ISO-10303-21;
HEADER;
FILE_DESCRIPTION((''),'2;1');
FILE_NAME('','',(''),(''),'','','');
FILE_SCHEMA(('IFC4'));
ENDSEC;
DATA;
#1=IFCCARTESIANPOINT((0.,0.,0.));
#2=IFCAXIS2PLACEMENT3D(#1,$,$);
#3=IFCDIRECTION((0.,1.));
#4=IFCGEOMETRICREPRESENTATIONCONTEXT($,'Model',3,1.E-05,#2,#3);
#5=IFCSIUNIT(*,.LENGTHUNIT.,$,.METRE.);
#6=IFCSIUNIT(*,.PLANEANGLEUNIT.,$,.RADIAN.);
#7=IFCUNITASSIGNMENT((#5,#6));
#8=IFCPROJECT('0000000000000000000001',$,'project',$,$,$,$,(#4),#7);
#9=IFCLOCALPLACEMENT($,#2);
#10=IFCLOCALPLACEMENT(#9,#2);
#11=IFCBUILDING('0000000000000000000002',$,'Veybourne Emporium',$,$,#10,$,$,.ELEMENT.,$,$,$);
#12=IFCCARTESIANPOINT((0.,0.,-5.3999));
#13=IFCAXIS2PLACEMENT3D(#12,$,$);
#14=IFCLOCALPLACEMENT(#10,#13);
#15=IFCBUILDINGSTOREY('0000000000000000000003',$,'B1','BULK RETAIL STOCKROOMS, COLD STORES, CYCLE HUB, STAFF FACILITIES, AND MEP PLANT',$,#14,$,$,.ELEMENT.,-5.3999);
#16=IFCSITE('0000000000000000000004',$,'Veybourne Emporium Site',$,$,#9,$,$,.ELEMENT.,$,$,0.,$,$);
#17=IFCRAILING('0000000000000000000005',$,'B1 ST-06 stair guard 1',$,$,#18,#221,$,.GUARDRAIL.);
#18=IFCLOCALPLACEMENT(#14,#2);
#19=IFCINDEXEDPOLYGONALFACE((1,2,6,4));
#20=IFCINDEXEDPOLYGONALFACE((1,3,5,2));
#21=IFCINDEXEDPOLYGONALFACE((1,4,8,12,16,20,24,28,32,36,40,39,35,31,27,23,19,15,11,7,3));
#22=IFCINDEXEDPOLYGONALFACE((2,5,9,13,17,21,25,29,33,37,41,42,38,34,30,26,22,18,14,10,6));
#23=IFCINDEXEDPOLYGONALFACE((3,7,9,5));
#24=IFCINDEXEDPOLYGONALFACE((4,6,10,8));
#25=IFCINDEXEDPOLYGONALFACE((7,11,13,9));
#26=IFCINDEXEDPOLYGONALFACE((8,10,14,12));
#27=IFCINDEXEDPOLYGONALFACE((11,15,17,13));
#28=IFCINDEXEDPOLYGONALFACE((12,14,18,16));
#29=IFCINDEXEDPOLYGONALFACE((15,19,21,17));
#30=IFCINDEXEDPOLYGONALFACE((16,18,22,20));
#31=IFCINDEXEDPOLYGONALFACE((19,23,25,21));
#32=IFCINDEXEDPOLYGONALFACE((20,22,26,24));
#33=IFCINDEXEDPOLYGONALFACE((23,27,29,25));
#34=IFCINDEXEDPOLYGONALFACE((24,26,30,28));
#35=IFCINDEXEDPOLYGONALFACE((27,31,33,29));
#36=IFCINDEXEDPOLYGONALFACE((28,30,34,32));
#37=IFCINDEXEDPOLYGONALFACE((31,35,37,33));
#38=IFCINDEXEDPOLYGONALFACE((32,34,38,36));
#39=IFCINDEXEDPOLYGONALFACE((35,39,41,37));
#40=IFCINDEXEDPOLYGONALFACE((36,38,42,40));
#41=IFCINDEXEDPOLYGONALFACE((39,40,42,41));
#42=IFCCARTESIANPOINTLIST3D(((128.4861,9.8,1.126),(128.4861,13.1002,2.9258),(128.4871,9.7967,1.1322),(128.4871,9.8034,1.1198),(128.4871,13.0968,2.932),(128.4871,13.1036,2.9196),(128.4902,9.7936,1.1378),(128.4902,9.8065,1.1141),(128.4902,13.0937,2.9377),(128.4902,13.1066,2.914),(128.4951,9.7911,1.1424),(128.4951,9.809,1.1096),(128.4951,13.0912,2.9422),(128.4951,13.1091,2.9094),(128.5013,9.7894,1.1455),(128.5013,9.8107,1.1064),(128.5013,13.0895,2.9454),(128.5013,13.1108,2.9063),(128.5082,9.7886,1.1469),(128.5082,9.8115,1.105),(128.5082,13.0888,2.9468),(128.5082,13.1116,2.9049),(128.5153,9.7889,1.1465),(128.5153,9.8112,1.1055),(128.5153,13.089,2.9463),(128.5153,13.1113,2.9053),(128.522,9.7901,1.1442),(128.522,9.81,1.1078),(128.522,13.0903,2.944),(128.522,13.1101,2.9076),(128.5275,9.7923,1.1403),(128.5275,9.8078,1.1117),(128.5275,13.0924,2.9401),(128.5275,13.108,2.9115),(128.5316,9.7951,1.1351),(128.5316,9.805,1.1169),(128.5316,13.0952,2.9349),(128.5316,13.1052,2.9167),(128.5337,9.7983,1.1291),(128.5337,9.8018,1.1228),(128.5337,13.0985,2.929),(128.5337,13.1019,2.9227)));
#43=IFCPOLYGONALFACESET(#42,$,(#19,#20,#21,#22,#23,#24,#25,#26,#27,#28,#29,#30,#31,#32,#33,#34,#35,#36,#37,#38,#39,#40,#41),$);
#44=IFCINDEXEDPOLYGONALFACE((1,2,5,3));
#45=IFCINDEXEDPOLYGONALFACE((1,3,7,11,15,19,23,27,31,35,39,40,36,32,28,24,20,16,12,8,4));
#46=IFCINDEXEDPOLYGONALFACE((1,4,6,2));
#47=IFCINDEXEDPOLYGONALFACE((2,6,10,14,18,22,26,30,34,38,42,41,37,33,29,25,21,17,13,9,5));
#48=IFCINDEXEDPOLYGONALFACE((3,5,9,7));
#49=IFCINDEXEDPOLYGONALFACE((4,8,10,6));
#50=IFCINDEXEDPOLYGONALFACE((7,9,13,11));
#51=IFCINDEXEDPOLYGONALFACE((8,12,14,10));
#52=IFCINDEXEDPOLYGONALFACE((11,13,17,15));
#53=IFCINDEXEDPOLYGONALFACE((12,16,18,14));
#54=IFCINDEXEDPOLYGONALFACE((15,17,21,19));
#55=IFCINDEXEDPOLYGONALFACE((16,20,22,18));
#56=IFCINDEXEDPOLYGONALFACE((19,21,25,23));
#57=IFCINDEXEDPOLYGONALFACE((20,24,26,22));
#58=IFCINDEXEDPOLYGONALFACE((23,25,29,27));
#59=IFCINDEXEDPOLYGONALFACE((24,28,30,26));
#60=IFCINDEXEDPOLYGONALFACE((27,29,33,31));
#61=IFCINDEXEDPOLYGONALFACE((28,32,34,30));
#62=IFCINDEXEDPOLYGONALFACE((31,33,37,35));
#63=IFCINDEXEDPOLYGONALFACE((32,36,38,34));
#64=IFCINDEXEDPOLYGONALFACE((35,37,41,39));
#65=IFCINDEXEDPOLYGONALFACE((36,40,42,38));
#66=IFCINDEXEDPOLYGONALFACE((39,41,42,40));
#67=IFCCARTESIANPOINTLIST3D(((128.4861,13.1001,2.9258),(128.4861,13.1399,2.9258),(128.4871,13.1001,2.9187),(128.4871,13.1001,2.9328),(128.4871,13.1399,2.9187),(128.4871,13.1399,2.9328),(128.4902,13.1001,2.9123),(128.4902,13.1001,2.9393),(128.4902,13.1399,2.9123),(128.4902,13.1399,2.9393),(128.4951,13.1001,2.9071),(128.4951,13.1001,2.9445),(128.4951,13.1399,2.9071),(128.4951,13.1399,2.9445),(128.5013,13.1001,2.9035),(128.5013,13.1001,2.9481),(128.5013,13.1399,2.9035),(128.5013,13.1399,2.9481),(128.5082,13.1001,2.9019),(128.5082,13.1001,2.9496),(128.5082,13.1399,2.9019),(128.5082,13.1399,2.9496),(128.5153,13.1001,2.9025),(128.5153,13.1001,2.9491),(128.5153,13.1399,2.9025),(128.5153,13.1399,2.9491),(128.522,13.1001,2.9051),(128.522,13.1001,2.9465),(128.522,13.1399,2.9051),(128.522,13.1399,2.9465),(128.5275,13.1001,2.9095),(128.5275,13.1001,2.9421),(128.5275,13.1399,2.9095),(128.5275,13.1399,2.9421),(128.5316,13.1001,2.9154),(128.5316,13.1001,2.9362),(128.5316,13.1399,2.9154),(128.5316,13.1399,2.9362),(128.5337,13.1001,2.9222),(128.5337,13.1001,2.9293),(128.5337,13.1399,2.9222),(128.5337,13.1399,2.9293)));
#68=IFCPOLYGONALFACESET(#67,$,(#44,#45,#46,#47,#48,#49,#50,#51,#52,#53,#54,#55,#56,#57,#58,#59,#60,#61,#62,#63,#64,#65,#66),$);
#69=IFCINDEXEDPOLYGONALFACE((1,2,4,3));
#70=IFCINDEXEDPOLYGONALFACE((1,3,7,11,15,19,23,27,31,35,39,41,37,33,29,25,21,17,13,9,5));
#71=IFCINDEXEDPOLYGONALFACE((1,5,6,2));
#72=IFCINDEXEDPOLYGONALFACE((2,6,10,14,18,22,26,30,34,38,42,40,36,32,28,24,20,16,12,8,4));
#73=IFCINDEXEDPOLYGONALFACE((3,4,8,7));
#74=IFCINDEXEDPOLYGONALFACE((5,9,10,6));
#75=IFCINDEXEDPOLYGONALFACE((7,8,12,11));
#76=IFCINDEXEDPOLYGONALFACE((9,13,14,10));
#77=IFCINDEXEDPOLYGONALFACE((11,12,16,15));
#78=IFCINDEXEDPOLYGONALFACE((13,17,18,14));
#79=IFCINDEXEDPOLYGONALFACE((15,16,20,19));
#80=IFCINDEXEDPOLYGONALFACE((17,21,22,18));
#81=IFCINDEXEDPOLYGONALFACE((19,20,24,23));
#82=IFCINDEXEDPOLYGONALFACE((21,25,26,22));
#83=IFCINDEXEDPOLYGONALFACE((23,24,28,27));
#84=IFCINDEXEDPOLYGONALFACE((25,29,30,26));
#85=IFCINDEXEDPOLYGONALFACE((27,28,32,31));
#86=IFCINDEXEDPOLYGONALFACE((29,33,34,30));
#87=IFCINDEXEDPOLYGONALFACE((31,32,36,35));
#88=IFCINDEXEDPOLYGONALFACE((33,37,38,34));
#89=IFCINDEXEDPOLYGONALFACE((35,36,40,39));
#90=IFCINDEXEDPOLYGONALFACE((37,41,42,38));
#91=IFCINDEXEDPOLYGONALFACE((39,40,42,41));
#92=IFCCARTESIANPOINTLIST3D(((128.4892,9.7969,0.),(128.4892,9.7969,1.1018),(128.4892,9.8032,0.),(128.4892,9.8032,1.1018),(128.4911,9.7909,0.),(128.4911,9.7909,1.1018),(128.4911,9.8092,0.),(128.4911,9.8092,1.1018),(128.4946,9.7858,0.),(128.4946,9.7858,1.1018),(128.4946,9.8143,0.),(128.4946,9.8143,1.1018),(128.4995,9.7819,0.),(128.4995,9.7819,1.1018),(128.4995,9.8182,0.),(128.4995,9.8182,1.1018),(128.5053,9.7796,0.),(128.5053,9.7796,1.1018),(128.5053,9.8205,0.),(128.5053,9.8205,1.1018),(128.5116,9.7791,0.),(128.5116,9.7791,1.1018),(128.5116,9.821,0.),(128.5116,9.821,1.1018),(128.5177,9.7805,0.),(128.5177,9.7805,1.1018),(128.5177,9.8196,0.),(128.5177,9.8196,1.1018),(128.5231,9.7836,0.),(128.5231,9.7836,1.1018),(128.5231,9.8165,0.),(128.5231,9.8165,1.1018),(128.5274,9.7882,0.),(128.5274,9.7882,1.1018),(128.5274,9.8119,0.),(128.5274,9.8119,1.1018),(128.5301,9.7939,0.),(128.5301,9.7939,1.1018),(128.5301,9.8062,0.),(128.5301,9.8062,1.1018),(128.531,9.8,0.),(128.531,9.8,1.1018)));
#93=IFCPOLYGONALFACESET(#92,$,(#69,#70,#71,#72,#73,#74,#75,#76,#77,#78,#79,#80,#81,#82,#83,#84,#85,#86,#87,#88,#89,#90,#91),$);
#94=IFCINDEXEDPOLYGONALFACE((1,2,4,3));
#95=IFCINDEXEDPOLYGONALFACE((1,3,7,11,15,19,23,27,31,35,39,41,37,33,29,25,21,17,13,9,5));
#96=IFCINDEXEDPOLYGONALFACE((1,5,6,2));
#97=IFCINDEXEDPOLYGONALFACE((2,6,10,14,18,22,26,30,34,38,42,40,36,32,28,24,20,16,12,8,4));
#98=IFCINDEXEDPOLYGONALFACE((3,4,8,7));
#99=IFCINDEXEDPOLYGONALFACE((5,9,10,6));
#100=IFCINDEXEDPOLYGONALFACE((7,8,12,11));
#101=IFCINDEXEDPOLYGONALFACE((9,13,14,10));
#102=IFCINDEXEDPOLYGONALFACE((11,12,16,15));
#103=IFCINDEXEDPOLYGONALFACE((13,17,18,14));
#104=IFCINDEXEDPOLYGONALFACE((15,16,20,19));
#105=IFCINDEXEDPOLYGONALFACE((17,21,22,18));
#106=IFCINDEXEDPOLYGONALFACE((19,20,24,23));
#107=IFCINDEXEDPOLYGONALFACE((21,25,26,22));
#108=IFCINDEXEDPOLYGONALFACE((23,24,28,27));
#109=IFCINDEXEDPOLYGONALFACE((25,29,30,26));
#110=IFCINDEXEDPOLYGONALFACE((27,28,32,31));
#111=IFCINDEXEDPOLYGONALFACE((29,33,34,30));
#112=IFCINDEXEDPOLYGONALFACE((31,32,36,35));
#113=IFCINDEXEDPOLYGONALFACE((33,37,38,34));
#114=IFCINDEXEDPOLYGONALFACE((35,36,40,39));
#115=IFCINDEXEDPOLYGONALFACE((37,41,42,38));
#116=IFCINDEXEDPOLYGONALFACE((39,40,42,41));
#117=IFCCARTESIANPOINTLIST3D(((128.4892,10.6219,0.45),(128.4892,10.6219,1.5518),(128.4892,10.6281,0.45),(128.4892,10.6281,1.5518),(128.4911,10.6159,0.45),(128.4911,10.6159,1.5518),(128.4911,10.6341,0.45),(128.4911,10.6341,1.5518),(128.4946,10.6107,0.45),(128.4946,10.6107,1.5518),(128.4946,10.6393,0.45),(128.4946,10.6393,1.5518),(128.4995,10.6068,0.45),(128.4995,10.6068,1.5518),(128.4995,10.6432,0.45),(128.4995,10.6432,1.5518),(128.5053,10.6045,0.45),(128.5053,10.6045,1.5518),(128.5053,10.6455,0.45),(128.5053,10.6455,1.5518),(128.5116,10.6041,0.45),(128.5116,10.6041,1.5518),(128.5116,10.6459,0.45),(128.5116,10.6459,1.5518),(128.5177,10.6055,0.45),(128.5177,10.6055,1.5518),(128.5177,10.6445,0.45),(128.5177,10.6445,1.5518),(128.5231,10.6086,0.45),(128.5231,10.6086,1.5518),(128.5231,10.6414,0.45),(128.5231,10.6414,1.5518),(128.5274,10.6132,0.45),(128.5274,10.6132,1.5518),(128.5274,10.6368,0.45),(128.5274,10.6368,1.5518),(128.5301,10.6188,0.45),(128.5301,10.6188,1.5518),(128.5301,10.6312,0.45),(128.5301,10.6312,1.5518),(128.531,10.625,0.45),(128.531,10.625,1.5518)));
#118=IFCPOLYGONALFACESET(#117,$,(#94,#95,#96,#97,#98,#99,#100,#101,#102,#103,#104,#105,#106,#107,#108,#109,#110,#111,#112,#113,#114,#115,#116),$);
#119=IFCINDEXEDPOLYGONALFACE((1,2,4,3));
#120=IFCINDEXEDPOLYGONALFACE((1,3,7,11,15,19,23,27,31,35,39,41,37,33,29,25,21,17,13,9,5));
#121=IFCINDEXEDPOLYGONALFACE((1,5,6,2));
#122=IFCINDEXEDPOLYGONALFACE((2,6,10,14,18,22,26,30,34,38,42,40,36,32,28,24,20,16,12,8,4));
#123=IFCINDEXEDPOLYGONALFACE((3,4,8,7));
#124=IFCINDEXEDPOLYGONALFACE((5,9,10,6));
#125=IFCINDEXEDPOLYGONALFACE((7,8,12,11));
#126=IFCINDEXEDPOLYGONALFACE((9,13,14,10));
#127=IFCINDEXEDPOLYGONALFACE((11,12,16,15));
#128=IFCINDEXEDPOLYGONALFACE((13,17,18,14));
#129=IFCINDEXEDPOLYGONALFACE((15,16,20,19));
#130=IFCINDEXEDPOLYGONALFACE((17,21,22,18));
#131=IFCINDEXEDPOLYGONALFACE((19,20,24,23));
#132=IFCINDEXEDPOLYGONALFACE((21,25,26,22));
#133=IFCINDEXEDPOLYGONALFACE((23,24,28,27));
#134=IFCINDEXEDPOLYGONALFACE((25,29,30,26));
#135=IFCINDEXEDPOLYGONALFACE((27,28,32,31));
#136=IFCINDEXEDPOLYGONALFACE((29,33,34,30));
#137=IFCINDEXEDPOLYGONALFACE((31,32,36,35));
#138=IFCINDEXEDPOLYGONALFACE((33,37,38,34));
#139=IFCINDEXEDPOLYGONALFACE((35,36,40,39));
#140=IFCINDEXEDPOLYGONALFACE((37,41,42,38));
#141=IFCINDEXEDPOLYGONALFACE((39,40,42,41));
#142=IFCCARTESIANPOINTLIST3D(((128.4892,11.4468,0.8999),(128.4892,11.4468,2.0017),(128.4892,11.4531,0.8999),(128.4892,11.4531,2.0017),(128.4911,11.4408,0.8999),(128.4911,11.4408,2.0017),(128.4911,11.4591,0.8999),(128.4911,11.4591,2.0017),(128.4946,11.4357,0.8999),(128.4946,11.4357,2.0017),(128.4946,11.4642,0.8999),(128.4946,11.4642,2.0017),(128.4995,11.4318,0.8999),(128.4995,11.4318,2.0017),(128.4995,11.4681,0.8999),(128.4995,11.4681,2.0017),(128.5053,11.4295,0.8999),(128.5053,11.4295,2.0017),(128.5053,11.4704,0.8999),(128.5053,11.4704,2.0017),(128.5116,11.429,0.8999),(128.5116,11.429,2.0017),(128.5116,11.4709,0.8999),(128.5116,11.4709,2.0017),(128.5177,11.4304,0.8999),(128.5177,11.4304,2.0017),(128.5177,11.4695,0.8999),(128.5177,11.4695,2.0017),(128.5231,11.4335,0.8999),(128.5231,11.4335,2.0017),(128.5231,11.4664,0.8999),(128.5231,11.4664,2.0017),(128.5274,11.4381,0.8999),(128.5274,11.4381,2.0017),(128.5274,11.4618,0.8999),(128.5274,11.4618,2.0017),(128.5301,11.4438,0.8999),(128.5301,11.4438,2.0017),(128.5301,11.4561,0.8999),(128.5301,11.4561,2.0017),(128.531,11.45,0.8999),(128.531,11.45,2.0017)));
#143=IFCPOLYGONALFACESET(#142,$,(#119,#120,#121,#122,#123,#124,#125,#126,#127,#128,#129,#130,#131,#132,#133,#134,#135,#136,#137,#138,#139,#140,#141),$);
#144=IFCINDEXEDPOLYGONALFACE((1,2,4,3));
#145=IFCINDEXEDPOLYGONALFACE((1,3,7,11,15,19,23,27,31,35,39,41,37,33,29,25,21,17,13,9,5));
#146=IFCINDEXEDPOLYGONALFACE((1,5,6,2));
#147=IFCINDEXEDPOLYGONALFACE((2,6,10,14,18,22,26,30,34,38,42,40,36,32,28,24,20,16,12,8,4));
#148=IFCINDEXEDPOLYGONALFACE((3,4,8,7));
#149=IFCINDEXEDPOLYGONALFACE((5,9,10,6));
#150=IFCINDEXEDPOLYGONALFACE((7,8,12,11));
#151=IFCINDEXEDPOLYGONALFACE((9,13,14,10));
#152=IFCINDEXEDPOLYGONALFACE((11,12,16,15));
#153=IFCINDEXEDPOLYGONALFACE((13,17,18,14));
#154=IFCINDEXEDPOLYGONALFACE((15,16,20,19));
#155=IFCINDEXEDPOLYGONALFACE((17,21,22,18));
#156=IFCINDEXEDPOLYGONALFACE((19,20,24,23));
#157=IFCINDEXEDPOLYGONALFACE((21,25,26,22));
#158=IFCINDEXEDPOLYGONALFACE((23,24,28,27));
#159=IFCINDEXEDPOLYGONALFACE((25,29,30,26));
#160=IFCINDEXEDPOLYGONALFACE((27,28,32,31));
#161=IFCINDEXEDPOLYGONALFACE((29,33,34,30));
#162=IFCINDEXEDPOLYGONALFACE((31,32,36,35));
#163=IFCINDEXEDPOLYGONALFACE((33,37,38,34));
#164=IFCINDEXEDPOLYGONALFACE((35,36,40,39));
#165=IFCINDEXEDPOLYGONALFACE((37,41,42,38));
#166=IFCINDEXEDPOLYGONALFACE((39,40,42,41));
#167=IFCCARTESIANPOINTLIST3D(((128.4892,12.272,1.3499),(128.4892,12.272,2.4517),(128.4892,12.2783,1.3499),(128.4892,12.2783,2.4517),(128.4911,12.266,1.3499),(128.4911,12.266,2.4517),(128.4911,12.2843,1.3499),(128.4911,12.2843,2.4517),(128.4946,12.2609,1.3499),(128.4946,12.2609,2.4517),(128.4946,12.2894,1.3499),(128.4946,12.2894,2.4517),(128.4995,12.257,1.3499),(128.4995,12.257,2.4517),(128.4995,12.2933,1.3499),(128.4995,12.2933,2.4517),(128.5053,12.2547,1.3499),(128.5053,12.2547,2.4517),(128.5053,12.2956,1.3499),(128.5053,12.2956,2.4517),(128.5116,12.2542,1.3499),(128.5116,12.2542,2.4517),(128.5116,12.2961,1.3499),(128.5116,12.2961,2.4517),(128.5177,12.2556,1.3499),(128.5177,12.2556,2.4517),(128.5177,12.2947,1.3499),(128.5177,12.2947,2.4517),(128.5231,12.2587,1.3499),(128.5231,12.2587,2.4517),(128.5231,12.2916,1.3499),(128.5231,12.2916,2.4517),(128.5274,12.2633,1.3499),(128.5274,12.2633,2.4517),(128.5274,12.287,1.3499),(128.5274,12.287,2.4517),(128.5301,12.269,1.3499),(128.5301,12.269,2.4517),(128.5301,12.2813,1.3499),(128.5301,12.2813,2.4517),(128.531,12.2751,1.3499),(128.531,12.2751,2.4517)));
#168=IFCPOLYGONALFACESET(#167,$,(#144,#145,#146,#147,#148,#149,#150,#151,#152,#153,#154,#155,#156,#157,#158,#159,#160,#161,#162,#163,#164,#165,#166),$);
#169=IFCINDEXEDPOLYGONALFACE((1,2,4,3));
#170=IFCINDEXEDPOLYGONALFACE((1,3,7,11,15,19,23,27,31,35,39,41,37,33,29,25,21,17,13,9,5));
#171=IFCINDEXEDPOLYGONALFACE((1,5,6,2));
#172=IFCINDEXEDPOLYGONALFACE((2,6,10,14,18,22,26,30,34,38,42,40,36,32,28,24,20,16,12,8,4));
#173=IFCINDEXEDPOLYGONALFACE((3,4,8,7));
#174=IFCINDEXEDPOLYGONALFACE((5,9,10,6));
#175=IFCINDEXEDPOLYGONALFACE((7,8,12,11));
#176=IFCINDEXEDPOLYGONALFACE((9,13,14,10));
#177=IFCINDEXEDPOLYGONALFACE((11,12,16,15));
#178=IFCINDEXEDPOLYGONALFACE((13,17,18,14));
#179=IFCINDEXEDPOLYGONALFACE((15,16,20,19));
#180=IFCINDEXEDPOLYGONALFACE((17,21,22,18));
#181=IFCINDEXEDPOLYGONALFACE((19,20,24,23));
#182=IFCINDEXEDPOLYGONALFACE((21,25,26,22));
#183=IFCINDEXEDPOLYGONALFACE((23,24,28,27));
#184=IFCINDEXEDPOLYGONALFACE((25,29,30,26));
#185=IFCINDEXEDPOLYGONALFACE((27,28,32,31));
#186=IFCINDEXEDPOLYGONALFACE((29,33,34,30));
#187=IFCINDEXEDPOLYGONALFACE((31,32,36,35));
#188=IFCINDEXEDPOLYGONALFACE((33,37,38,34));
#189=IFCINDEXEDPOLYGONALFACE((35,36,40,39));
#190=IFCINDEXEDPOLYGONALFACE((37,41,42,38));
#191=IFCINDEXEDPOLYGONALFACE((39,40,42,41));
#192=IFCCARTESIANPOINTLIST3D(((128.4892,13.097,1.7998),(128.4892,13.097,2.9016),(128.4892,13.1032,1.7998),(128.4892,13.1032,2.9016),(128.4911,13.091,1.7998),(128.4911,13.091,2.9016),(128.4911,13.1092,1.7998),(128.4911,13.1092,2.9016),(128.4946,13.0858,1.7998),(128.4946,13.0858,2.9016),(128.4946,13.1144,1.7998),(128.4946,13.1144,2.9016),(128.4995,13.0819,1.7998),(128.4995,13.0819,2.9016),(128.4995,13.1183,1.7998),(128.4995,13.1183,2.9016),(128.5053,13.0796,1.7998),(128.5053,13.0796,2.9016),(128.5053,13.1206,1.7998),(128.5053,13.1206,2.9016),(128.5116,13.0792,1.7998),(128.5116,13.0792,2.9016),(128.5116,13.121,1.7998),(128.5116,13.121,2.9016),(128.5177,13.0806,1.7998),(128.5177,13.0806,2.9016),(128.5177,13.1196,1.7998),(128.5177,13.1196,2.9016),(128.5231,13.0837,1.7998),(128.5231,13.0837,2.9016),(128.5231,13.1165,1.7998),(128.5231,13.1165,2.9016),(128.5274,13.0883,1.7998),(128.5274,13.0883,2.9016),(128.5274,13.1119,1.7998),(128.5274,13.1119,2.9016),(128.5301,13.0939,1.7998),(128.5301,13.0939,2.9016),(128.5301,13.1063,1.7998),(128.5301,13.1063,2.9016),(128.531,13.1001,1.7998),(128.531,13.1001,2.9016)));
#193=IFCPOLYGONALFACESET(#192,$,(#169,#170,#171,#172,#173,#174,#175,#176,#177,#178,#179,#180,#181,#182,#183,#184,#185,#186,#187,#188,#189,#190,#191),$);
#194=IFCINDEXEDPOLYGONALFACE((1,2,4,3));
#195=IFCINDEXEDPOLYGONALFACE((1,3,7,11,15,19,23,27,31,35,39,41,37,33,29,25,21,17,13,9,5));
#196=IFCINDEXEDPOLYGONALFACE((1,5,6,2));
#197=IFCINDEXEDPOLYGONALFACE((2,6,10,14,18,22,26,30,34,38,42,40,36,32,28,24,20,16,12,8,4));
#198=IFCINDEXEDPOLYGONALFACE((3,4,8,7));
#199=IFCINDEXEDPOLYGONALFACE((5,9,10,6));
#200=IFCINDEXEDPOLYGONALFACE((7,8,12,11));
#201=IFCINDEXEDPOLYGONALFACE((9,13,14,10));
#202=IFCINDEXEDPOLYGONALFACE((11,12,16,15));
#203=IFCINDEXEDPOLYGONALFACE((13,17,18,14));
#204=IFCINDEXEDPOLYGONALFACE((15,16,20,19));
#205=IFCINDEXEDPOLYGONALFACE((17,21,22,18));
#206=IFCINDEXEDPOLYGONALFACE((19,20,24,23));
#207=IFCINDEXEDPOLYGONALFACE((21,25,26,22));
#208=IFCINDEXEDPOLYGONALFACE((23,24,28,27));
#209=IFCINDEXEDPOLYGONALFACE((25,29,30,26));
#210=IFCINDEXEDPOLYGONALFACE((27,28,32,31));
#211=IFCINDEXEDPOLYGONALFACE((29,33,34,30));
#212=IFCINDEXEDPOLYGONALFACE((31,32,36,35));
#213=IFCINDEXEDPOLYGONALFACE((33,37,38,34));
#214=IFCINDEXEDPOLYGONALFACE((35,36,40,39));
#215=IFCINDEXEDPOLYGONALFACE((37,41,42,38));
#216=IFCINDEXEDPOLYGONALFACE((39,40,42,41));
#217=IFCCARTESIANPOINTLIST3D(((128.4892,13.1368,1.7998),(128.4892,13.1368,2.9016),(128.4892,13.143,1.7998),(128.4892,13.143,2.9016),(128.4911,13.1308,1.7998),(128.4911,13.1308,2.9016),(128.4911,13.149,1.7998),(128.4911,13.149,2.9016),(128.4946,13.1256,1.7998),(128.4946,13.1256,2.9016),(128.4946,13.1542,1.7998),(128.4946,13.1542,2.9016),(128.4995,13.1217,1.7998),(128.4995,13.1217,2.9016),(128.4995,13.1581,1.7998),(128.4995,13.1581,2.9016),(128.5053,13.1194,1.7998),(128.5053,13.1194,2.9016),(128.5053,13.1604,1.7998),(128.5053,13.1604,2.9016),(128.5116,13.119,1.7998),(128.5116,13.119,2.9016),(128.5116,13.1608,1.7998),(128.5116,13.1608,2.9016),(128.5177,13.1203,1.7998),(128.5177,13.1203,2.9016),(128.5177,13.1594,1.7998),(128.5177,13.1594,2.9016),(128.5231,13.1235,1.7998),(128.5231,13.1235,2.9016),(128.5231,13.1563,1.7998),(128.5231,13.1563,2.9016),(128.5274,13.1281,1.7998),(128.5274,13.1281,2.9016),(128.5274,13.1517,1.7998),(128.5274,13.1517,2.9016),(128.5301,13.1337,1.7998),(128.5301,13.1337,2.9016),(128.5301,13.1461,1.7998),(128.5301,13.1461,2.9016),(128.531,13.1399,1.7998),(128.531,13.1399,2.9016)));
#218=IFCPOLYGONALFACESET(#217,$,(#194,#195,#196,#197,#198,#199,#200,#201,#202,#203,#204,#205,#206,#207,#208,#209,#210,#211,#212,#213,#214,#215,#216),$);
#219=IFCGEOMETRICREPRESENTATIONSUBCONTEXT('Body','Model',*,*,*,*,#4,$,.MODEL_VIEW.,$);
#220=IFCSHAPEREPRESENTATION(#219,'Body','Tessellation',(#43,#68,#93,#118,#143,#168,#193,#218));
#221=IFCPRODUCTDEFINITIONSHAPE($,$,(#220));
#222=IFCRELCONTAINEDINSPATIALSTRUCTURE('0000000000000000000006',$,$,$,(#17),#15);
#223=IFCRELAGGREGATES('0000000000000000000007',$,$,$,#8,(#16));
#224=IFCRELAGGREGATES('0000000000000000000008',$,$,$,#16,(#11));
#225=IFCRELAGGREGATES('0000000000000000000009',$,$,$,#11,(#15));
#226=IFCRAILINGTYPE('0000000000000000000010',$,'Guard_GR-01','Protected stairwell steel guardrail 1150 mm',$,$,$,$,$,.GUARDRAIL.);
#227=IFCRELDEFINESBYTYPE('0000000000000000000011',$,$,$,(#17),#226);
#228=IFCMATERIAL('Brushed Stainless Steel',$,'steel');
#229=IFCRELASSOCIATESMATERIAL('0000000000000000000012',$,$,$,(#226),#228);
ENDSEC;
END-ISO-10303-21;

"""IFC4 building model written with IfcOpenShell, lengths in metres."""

from ifc_helpers import new_model, si_unit, direction, frame, origin, origin_2d, place, context, subcontext, project, spatial, circle, extrude, material, type_object, element, save


model = new_model("IFC4")

# Units and contexts
model_context = context("Model", 3, precision=1e-05, world=origin(), true_north=direction((0.0, 1.0)))
body_context = subcontext(model_context, "Body", "Model", "MODEL_VIEW")
ifc_project = project(units=[si_unit("LENGTHUNIT", "METRE"), si_unit("PLANEANGLEUNIT", "RADIAN")], contexts=[model_context])

# Site, building, storey
site_placement = place(None, origin())
site = spatial("IfcSite", under=ifc_project, at=site_placement, Name="Veybourne Emporium Site", CompositionType="ELEMENT", RefElevation=0.0)
building_placement = place(site_placement, origin())
building = spatial("IfcBuilding", under=site, at=building_placement, Name="Veybourne Emporium", CompositionType="ELEMENT")
storey_placement = place(building_placement, frame((0.0, 0.0, -5.3999)))
storey = spatial("IfcBuildingStorey", under=building, at=storey_placement, Name="B1", Description="BULK RETAIL STOCKROOMS, COLD STORES, CYCLE HUB, STAFF FACILITIES, AND MEP PLANT", CompositionType="ELEMENT", Elevation=-5.3999)

# Railing
ifc_material_1 = material(Name="Brushed Stainless Steel", Category="steel")
railing_type_1 = type_object("IfcRailingType", Name="Guard_GR-01", Description="Protected stairwell steel guardrail 1150 mm", PredefinedType="GUARDRAIL", material=ifc_material_1)
railing_1_placement = place(storey_placement, frame((128.51, 9.8, 0.0)))
element("IfcRailing", 1, at=railing_1_placement, inside=storey, type_object=railing_type_1, Name="B1 ST-06 stair guard 1", PredefinedType="GUARDRAIL", context=body_context, shape_type="SweptSolid", body=[
    extrude(circle(Radius=0.0239, at=origin_2d()), frame((0.0, 0.0, 1.126), z_axis=(0.0, 0.87792, 0.478807), x_axis=(-1.0, 0.0, 0.0)), (0.0, 0.0, 1.0), 3.759),
    extrude(circle(Radius=0.0239, at=origin_2d()), frame((0.0, 3.3, 2.9258), z_axis=(0.0, 1.0, 0.0), x_axis=(-1.0, 0.0, 0.0)), (0.0, 0.0, 1.0), 0.0398),
    extrude(circle(Radius=0.021, at=origin_2d()), origin(), (0.0, 0.0, 1.0), 1.1018),
    extrude(circle(Radius=0.021, at=origin_2d()), frame((0.0, 0.825, 0.45)), (0.0, 0.0, 1.0), 1.1018),
    extrude(circle(Radius=0.021, at=origin_2d()), frame((0.0, 1.6499, 0.8999)), (0.0, 0.0, 1.0), 1.1018),
    extrude(circle(Radius=0.021, at=origin_2d()), frame((0.0, 2.4751, 1.3499)), (0.0, 0.0, 1.0), 1.1018),
    extrude(circle(Radius=0.021, at=origin_2d()), frame((0.0, 3.3, 1.7998)), (0.0, 0.0, 1.0), 1.1018),
    extrude(circle(Radius=0.021, at=origin_2d()), frame((0.0, 3.3398, 1.7998)), (0.0, 0.0, 1.0), 1.1018),
])

save(model, "model.ifc")
